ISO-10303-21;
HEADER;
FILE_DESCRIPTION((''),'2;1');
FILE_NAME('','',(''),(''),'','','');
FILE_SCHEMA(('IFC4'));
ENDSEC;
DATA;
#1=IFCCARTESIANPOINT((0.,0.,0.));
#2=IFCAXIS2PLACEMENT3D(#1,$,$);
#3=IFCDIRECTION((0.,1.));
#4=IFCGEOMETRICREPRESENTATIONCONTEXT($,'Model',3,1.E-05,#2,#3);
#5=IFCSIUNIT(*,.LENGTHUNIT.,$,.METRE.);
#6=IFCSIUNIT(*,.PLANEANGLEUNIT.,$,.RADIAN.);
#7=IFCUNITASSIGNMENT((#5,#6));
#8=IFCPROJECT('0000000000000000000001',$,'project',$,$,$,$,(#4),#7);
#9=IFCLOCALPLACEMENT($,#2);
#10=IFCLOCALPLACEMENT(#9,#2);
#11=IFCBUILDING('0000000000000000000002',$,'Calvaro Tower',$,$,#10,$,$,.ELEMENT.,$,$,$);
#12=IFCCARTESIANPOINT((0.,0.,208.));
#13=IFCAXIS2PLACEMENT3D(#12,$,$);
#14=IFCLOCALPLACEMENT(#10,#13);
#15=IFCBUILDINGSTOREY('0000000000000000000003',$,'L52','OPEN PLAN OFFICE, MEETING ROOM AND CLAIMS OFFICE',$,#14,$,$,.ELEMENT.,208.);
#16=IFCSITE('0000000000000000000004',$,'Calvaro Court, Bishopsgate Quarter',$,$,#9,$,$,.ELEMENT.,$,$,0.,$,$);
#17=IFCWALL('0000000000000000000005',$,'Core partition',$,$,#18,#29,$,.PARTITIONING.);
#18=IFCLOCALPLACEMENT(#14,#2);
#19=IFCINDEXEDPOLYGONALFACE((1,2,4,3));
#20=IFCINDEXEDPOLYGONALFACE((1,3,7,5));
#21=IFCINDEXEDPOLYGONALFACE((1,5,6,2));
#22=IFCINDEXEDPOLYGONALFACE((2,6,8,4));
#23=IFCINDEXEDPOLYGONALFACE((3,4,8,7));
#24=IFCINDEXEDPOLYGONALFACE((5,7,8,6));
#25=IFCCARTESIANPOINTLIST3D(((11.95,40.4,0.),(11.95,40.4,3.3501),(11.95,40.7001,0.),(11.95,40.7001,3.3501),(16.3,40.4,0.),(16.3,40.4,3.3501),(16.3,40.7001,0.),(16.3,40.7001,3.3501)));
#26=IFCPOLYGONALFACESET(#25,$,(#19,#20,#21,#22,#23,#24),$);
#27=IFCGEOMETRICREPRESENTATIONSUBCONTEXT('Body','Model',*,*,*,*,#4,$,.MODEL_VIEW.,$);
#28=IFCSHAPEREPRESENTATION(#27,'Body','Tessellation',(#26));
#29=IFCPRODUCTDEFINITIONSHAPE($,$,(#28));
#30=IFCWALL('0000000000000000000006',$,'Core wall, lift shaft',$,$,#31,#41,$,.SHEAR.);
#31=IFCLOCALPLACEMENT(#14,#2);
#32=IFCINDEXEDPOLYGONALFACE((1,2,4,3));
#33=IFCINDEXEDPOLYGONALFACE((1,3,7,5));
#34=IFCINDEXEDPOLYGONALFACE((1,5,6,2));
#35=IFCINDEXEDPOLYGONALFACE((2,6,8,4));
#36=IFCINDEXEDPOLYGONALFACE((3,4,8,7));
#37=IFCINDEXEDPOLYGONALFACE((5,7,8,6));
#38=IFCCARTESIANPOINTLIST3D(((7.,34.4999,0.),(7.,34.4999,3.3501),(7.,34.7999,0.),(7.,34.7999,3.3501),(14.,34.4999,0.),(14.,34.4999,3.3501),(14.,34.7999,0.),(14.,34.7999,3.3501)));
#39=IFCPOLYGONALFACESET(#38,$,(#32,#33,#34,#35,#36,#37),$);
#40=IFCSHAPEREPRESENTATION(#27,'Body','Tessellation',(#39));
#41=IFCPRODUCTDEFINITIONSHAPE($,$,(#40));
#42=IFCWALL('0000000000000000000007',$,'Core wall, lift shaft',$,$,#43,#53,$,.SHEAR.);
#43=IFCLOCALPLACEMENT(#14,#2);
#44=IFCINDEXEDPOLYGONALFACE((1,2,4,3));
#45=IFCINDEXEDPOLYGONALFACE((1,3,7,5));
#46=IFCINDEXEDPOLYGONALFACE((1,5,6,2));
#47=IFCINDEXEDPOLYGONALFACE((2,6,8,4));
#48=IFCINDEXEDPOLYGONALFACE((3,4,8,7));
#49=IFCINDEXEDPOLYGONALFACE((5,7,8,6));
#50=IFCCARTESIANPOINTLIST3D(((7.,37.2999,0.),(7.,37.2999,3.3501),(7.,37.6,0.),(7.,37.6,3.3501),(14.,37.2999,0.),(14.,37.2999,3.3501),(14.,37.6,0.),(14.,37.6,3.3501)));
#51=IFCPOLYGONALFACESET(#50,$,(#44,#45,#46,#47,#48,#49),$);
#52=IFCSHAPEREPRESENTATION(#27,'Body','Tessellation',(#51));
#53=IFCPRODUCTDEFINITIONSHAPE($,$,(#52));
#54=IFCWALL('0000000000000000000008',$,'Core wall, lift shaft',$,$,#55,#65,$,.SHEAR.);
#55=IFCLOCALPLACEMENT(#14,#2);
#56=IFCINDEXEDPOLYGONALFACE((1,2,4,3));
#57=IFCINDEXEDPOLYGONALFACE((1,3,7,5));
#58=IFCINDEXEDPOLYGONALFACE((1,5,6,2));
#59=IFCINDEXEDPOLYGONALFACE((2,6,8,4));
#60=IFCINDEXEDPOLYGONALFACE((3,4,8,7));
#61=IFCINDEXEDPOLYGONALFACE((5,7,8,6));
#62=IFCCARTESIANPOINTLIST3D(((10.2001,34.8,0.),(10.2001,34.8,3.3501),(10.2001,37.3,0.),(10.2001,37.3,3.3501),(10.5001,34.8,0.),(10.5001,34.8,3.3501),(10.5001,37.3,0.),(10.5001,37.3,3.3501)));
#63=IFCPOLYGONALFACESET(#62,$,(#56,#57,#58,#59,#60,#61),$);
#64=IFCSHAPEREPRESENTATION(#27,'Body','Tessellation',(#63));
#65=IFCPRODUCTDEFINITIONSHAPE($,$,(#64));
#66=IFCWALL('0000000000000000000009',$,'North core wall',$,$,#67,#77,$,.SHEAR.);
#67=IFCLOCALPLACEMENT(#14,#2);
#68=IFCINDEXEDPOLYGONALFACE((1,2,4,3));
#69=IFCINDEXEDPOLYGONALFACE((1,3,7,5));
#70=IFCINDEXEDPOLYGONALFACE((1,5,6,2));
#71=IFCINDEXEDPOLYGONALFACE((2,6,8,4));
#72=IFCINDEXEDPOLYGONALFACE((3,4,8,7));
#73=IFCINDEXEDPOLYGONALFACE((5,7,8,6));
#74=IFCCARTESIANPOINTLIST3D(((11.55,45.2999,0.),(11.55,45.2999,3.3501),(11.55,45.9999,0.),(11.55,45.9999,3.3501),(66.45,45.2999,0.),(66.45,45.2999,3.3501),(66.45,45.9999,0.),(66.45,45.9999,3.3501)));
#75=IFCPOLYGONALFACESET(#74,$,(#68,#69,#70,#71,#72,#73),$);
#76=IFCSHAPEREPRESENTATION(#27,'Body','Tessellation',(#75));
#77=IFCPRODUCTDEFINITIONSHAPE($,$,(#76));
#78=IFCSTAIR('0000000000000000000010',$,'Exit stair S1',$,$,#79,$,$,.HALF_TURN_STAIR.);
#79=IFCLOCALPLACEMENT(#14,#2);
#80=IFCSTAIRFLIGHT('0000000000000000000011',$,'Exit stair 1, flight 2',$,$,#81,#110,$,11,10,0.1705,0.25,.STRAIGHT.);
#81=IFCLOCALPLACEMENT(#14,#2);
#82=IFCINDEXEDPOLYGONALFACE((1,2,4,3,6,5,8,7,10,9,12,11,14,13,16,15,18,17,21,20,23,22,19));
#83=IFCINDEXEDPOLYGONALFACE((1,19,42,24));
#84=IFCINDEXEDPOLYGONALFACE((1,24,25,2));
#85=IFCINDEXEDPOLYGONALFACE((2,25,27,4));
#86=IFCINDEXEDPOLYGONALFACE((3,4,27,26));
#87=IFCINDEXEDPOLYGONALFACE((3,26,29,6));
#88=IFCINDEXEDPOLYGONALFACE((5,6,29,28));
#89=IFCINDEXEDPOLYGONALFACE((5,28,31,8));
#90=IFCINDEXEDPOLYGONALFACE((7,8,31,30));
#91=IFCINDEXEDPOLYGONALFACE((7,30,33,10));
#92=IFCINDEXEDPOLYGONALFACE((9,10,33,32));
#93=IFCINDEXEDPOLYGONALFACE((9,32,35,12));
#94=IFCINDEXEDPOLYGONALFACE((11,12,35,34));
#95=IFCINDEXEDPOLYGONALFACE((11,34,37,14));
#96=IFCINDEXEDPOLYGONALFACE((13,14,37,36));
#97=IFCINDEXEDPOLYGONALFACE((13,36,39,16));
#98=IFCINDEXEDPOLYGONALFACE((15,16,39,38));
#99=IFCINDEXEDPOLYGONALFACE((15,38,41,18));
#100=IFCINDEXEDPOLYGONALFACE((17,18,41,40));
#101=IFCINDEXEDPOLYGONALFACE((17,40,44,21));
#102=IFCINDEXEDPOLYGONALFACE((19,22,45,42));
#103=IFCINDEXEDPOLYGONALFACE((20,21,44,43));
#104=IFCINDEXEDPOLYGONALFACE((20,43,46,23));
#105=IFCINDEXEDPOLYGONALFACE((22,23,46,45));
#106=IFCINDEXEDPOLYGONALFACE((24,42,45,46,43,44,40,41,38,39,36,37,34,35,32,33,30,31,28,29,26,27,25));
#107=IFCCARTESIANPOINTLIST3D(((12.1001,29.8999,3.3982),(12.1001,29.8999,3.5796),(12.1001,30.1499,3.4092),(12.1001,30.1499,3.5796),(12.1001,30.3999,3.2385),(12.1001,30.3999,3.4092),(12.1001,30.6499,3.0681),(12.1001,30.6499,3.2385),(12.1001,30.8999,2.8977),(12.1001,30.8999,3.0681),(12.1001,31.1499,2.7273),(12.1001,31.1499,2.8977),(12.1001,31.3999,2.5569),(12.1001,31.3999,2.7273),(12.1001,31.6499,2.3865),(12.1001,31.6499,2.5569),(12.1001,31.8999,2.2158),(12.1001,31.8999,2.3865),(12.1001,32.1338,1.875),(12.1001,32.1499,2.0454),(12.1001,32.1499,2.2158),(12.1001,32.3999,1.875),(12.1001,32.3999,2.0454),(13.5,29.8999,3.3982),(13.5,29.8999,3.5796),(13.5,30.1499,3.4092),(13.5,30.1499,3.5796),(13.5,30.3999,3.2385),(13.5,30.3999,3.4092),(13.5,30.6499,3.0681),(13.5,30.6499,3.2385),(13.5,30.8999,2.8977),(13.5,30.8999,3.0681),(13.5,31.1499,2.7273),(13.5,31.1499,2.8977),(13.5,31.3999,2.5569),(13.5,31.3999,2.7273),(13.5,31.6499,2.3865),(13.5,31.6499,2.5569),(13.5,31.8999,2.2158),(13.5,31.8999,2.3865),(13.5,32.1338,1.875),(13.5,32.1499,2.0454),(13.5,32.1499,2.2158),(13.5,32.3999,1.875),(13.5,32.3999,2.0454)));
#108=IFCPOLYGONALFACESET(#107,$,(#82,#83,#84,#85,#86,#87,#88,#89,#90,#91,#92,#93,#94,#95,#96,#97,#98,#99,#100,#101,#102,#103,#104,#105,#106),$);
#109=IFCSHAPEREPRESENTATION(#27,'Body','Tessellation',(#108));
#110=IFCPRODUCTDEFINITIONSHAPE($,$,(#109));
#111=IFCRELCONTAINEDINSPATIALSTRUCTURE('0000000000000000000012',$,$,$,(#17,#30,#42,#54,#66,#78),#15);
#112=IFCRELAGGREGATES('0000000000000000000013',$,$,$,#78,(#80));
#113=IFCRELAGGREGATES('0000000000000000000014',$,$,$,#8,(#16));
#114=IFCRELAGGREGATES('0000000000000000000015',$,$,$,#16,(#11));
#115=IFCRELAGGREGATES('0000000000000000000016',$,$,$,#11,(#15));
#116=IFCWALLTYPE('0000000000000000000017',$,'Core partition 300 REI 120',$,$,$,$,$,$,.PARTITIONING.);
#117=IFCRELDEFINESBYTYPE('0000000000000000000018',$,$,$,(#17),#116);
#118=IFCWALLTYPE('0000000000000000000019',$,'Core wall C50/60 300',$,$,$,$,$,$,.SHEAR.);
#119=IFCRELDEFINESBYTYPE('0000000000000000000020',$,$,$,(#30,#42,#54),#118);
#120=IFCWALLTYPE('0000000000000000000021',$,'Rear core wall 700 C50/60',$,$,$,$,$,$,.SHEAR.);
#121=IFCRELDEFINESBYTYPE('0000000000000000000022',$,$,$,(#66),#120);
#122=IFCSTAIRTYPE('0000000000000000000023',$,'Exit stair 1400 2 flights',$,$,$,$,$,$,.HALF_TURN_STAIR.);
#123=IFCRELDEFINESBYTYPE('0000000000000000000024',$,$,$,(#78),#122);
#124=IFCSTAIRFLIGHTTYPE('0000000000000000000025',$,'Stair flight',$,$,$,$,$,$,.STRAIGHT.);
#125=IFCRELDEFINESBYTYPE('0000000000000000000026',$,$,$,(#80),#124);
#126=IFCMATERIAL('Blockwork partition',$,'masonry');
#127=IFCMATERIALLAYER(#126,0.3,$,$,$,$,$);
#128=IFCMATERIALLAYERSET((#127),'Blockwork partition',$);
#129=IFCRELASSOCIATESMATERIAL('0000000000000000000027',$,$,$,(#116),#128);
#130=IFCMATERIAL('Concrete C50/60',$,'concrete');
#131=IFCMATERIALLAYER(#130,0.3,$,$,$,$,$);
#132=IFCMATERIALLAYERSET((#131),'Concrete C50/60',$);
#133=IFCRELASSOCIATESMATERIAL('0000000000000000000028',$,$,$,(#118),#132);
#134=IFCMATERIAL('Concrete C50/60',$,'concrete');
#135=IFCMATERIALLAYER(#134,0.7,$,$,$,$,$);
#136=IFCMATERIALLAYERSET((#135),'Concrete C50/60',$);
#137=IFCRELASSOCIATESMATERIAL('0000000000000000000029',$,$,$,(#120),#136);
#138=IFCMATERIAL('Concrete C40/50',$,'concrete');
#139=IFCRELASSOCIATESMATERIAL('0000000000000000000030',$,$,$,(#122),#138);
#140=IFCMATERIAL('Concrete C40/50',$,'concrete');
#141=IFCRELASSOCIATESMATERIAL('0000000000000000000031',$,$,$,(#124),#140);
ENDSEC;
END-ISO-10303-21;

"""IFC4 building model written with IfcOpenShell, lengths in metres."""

from ifc_helpers import new_model, si_unit, direction, frame, frame_2d, origin, place, context, subcontext, project, spatial, polyline, rectangle, outline, extrude, material, layer, layer_set, type_object, element, aggregate, save


model = new_model("IFC4")

# Units and contexts
model_context = context("Model", 3, precision=1e-05, world=origin(), true_north=direction((0.0, 1.0)))
body_context = subcontext(model_context, "Body", "Model", "MODEL_VIEW")
ifc_project = project(units=[si_unit("LENGTHUNIT", "METRE"), si_unit("PLANEANGLEUNIT", "RADIAN")], contexts=[model_context])

# Site, building, storey
site_placement = place(None, origin())
site = spatial("IfcSite", under=ifc_project, at=site_placement, Name="Calvaro Court, Bishopsgate Quarter", CompositionType="ELEMENT", RefElevation=0.0)
building_placement = place(site_placement, origin())
building = spatial("IfcBuilding", under=site, at=building_placement, Name="Calvaro Tower", CompositionType="ELEMENT")
storey_placement = place(building_placement, frame((0.0, 0.0, 208.0)))
storey = spatial("IfcBuildingStorey", under=building, at=storey_placement, Name="L52", Description="OPEN PLAN OFFICE, MEETING ROOM AND CLAIMS OFFICE", CompositionType="ELEMENT", Elevation=208.0)

# Walls
ifc_material_1 = material(Name="Blockwork partition", Category="masonry")
ifc_layer_1 = layer(ifc_material_1, 0.3)
ifc_layer_set_1 = layer_set([ifc_layer_1], Name="Blockwork partition")
wall_type_1 = type_object("IfcWallType", Name="Core partition 300 REI 120", PredefinedType="PARTITIONING", material=ifc_layer_set_1)
wall_1_placement = place(storey_placement, frame((11.95, 40.55, 0.0), z_axis=(0.0, 0.0, 1.0), x_axis=(1.0, 0.0, 0.0)))
element("IfcWall", 1, at=wall_1_placement, inside=storey, type_object=wall_type_1, Name="Core partition", PredefinedType="PARTITIONING", context=body_context, shape_type="SweptSolid", body=[
    extrude(rectangle(XDim=4.3501, YDim=0.3, at=frame_2d((2.175, 0.0))), origin(), (0.0, 0.0, 1.0), 3.3501),
])
ifc_material_2 = material(Name="Concrete C50/60", Category="concrete")
ifc_layer_2 = layer(ifc_material_2, 0.3)
ifc_layer_set_2 = layer_set([ifc_layer_2], Name="Concrete C50/60")
wall_type_2 = type_object("IfcWallType", Name="Core wall C50/60 300", PredefinedType="SHEAR", material=ifc_layer_set_2)
for number, where, z_axis, x_axis, name in (
    (2, (7.0, 34.6499, 0.0), (0.0, 0.0, 1.0), (1.0, 0.0, 0.0), "Core wall, lift shaft"),
    (3, (7.0, 37.45, 0.0), (0.0, 0.0, 1.0), (1.0, 0.0, 0.0), "Core wall, lift shaft"),
):
    element("IfcWall", number, at=place(storey_placement, frame(where, z_axis=z_axis, x_axis=x_axis)), inside=storey, type_object=wall_type_2, Name=name, PredefinedType="SHEAR", context=body_context, shape_type="SweptSolid", body=[
        extrude(rectangle(XDim=7.0, YDim=0.3, at=frame_2d((3.5, 0.0))), origin(), (0.0, 0.0, 1.0), 3.3501),
    ])
wall_2_placement = place(storey_placement, frame((10.3501, 34.8, 0.0), z_axis=(0.0, 0.0, 1.0), x_axis=(0.0, 1.0, 0.0)))
element("IfcWall", 4, at=wall_2_placement, inside=storey, type_object=wall_type_2, Name="Core wall, lift shaft", PredefinedType="SHEAR", context=body_context, shape_type="SweptSolid", body=[
    extrude(rectangle(XDim=2.5, YDim=0.3, at=frame_2d((1.25, 0.0))), origin(), (0.0, 0.0, 1.0), 3.3501),
])
ifc_material_3 = material(Name="Concrete C50/60", Category="concrete")
ifc_layer_3 = layer(ifc_material_3, 0.7)
ifc_layer_set_3 = layer_set([ifc_layer_3], Name="Concrete C50/60")
wall_type_3 = type_object("IfcWallType", Name="Rear core wall 700 C50/60", PredefinedType="SHEAR", material=ifc_layer_set_3)
wall_3_placement = place(storey_placement, frame((11.55, 45.6499, 0.0), z_axis=(0.0, 0.0, 1.0), x_axis=(1.0, 0.0, 0.0)))
element("IfcWall", 5, at=wall_3_placement, inside=storey, type_object=wall_type_3, Name="North core wall", PredefinedType="SHEAR", context=body_context, shape_type="SweptSolid", body=[
    extrude(rectangle(XDim=54.8999, YDim=0.7, at=frame_2d((27.45, 0.0))), origin(), (0.0, 0.0, 1.0), 3.3501),
])

# Stair, stair flight
ifc_material_4 = material(Name="Concrete C40/50", Category="concrete")
stair_type = type_object("IfcStairType", Name="Exit stair 1400 2 flights", PredefinedType="HALF_TURN_STAIR", material=ifc_material_4)
stair_placement = place(storey_placement, origin())
stair = element("IfcStair", 6, at=stair_placement, inside=storey, type_object=stair_type, Name="Exit stair S1", PredefinedType="HALF_TURN_STAIR")
ifc_material_5 = material(Name="Concrete C40/50", Category="concrete")
stair_flight_type = type_object("IfcStairFlightType", Name="Stair flight", PredefinedType="STRAIGHT", material=ifc_material_5)
stair_flight_placement = place(storey_placement, frame((12.8, 32.3999, 1.875), z_axis=(0.0, 0.0, 1.0), x_axis=(0.0, -1.0, 0.0)))
stair_flight = element("IfcStairFlight", 7, at=stair_flight_placement, type_object=stair_flight_type, Name="Exit stair 1, flight 2", NumberOfRisers=11, NumberOfTreads=10, PredefinedType="STRAIGHT", RiserHeight=0.1705, TreadLength=0.25, context=body_context, shape_type="SweptSolid", body=[
    extrude(outline(polyline([(0.0, 0.0), (0.0, 0.1704), (0.25, 0.1704), (0.25, 0.3408), (0.5, 0.3408), (0.5, 0.5115), (0.75, 0.5115), (0.75, 0.6819), (1.0, 0.6819), (1.0, 0.8523), (1.25, 0.8523), (1.25, 1.0227), (1.5, 1.0227), (1.5, 1.1931), (1.75, 1.1931), (1.75, 1.3635), (2.0, 1.3635), (2.0, 1.5342), (2.25, 1.5342), (2.25, 1.7046), (2.5, 1.7046), (2.5, 1.875), (2.5, 1.5232), (0.2661, 0.0), (0.0, 0.0)])), frame((0.0, 0.7, 0.0), z_axis=(0.0, -1.0, 0.0), x_axis=(1.0, 0.0, 0.0)), (0.0, 0.0, 1.0), 1.3999),
])
aggregate(stair, [stair_flight])

save(model, "model.ifc")
